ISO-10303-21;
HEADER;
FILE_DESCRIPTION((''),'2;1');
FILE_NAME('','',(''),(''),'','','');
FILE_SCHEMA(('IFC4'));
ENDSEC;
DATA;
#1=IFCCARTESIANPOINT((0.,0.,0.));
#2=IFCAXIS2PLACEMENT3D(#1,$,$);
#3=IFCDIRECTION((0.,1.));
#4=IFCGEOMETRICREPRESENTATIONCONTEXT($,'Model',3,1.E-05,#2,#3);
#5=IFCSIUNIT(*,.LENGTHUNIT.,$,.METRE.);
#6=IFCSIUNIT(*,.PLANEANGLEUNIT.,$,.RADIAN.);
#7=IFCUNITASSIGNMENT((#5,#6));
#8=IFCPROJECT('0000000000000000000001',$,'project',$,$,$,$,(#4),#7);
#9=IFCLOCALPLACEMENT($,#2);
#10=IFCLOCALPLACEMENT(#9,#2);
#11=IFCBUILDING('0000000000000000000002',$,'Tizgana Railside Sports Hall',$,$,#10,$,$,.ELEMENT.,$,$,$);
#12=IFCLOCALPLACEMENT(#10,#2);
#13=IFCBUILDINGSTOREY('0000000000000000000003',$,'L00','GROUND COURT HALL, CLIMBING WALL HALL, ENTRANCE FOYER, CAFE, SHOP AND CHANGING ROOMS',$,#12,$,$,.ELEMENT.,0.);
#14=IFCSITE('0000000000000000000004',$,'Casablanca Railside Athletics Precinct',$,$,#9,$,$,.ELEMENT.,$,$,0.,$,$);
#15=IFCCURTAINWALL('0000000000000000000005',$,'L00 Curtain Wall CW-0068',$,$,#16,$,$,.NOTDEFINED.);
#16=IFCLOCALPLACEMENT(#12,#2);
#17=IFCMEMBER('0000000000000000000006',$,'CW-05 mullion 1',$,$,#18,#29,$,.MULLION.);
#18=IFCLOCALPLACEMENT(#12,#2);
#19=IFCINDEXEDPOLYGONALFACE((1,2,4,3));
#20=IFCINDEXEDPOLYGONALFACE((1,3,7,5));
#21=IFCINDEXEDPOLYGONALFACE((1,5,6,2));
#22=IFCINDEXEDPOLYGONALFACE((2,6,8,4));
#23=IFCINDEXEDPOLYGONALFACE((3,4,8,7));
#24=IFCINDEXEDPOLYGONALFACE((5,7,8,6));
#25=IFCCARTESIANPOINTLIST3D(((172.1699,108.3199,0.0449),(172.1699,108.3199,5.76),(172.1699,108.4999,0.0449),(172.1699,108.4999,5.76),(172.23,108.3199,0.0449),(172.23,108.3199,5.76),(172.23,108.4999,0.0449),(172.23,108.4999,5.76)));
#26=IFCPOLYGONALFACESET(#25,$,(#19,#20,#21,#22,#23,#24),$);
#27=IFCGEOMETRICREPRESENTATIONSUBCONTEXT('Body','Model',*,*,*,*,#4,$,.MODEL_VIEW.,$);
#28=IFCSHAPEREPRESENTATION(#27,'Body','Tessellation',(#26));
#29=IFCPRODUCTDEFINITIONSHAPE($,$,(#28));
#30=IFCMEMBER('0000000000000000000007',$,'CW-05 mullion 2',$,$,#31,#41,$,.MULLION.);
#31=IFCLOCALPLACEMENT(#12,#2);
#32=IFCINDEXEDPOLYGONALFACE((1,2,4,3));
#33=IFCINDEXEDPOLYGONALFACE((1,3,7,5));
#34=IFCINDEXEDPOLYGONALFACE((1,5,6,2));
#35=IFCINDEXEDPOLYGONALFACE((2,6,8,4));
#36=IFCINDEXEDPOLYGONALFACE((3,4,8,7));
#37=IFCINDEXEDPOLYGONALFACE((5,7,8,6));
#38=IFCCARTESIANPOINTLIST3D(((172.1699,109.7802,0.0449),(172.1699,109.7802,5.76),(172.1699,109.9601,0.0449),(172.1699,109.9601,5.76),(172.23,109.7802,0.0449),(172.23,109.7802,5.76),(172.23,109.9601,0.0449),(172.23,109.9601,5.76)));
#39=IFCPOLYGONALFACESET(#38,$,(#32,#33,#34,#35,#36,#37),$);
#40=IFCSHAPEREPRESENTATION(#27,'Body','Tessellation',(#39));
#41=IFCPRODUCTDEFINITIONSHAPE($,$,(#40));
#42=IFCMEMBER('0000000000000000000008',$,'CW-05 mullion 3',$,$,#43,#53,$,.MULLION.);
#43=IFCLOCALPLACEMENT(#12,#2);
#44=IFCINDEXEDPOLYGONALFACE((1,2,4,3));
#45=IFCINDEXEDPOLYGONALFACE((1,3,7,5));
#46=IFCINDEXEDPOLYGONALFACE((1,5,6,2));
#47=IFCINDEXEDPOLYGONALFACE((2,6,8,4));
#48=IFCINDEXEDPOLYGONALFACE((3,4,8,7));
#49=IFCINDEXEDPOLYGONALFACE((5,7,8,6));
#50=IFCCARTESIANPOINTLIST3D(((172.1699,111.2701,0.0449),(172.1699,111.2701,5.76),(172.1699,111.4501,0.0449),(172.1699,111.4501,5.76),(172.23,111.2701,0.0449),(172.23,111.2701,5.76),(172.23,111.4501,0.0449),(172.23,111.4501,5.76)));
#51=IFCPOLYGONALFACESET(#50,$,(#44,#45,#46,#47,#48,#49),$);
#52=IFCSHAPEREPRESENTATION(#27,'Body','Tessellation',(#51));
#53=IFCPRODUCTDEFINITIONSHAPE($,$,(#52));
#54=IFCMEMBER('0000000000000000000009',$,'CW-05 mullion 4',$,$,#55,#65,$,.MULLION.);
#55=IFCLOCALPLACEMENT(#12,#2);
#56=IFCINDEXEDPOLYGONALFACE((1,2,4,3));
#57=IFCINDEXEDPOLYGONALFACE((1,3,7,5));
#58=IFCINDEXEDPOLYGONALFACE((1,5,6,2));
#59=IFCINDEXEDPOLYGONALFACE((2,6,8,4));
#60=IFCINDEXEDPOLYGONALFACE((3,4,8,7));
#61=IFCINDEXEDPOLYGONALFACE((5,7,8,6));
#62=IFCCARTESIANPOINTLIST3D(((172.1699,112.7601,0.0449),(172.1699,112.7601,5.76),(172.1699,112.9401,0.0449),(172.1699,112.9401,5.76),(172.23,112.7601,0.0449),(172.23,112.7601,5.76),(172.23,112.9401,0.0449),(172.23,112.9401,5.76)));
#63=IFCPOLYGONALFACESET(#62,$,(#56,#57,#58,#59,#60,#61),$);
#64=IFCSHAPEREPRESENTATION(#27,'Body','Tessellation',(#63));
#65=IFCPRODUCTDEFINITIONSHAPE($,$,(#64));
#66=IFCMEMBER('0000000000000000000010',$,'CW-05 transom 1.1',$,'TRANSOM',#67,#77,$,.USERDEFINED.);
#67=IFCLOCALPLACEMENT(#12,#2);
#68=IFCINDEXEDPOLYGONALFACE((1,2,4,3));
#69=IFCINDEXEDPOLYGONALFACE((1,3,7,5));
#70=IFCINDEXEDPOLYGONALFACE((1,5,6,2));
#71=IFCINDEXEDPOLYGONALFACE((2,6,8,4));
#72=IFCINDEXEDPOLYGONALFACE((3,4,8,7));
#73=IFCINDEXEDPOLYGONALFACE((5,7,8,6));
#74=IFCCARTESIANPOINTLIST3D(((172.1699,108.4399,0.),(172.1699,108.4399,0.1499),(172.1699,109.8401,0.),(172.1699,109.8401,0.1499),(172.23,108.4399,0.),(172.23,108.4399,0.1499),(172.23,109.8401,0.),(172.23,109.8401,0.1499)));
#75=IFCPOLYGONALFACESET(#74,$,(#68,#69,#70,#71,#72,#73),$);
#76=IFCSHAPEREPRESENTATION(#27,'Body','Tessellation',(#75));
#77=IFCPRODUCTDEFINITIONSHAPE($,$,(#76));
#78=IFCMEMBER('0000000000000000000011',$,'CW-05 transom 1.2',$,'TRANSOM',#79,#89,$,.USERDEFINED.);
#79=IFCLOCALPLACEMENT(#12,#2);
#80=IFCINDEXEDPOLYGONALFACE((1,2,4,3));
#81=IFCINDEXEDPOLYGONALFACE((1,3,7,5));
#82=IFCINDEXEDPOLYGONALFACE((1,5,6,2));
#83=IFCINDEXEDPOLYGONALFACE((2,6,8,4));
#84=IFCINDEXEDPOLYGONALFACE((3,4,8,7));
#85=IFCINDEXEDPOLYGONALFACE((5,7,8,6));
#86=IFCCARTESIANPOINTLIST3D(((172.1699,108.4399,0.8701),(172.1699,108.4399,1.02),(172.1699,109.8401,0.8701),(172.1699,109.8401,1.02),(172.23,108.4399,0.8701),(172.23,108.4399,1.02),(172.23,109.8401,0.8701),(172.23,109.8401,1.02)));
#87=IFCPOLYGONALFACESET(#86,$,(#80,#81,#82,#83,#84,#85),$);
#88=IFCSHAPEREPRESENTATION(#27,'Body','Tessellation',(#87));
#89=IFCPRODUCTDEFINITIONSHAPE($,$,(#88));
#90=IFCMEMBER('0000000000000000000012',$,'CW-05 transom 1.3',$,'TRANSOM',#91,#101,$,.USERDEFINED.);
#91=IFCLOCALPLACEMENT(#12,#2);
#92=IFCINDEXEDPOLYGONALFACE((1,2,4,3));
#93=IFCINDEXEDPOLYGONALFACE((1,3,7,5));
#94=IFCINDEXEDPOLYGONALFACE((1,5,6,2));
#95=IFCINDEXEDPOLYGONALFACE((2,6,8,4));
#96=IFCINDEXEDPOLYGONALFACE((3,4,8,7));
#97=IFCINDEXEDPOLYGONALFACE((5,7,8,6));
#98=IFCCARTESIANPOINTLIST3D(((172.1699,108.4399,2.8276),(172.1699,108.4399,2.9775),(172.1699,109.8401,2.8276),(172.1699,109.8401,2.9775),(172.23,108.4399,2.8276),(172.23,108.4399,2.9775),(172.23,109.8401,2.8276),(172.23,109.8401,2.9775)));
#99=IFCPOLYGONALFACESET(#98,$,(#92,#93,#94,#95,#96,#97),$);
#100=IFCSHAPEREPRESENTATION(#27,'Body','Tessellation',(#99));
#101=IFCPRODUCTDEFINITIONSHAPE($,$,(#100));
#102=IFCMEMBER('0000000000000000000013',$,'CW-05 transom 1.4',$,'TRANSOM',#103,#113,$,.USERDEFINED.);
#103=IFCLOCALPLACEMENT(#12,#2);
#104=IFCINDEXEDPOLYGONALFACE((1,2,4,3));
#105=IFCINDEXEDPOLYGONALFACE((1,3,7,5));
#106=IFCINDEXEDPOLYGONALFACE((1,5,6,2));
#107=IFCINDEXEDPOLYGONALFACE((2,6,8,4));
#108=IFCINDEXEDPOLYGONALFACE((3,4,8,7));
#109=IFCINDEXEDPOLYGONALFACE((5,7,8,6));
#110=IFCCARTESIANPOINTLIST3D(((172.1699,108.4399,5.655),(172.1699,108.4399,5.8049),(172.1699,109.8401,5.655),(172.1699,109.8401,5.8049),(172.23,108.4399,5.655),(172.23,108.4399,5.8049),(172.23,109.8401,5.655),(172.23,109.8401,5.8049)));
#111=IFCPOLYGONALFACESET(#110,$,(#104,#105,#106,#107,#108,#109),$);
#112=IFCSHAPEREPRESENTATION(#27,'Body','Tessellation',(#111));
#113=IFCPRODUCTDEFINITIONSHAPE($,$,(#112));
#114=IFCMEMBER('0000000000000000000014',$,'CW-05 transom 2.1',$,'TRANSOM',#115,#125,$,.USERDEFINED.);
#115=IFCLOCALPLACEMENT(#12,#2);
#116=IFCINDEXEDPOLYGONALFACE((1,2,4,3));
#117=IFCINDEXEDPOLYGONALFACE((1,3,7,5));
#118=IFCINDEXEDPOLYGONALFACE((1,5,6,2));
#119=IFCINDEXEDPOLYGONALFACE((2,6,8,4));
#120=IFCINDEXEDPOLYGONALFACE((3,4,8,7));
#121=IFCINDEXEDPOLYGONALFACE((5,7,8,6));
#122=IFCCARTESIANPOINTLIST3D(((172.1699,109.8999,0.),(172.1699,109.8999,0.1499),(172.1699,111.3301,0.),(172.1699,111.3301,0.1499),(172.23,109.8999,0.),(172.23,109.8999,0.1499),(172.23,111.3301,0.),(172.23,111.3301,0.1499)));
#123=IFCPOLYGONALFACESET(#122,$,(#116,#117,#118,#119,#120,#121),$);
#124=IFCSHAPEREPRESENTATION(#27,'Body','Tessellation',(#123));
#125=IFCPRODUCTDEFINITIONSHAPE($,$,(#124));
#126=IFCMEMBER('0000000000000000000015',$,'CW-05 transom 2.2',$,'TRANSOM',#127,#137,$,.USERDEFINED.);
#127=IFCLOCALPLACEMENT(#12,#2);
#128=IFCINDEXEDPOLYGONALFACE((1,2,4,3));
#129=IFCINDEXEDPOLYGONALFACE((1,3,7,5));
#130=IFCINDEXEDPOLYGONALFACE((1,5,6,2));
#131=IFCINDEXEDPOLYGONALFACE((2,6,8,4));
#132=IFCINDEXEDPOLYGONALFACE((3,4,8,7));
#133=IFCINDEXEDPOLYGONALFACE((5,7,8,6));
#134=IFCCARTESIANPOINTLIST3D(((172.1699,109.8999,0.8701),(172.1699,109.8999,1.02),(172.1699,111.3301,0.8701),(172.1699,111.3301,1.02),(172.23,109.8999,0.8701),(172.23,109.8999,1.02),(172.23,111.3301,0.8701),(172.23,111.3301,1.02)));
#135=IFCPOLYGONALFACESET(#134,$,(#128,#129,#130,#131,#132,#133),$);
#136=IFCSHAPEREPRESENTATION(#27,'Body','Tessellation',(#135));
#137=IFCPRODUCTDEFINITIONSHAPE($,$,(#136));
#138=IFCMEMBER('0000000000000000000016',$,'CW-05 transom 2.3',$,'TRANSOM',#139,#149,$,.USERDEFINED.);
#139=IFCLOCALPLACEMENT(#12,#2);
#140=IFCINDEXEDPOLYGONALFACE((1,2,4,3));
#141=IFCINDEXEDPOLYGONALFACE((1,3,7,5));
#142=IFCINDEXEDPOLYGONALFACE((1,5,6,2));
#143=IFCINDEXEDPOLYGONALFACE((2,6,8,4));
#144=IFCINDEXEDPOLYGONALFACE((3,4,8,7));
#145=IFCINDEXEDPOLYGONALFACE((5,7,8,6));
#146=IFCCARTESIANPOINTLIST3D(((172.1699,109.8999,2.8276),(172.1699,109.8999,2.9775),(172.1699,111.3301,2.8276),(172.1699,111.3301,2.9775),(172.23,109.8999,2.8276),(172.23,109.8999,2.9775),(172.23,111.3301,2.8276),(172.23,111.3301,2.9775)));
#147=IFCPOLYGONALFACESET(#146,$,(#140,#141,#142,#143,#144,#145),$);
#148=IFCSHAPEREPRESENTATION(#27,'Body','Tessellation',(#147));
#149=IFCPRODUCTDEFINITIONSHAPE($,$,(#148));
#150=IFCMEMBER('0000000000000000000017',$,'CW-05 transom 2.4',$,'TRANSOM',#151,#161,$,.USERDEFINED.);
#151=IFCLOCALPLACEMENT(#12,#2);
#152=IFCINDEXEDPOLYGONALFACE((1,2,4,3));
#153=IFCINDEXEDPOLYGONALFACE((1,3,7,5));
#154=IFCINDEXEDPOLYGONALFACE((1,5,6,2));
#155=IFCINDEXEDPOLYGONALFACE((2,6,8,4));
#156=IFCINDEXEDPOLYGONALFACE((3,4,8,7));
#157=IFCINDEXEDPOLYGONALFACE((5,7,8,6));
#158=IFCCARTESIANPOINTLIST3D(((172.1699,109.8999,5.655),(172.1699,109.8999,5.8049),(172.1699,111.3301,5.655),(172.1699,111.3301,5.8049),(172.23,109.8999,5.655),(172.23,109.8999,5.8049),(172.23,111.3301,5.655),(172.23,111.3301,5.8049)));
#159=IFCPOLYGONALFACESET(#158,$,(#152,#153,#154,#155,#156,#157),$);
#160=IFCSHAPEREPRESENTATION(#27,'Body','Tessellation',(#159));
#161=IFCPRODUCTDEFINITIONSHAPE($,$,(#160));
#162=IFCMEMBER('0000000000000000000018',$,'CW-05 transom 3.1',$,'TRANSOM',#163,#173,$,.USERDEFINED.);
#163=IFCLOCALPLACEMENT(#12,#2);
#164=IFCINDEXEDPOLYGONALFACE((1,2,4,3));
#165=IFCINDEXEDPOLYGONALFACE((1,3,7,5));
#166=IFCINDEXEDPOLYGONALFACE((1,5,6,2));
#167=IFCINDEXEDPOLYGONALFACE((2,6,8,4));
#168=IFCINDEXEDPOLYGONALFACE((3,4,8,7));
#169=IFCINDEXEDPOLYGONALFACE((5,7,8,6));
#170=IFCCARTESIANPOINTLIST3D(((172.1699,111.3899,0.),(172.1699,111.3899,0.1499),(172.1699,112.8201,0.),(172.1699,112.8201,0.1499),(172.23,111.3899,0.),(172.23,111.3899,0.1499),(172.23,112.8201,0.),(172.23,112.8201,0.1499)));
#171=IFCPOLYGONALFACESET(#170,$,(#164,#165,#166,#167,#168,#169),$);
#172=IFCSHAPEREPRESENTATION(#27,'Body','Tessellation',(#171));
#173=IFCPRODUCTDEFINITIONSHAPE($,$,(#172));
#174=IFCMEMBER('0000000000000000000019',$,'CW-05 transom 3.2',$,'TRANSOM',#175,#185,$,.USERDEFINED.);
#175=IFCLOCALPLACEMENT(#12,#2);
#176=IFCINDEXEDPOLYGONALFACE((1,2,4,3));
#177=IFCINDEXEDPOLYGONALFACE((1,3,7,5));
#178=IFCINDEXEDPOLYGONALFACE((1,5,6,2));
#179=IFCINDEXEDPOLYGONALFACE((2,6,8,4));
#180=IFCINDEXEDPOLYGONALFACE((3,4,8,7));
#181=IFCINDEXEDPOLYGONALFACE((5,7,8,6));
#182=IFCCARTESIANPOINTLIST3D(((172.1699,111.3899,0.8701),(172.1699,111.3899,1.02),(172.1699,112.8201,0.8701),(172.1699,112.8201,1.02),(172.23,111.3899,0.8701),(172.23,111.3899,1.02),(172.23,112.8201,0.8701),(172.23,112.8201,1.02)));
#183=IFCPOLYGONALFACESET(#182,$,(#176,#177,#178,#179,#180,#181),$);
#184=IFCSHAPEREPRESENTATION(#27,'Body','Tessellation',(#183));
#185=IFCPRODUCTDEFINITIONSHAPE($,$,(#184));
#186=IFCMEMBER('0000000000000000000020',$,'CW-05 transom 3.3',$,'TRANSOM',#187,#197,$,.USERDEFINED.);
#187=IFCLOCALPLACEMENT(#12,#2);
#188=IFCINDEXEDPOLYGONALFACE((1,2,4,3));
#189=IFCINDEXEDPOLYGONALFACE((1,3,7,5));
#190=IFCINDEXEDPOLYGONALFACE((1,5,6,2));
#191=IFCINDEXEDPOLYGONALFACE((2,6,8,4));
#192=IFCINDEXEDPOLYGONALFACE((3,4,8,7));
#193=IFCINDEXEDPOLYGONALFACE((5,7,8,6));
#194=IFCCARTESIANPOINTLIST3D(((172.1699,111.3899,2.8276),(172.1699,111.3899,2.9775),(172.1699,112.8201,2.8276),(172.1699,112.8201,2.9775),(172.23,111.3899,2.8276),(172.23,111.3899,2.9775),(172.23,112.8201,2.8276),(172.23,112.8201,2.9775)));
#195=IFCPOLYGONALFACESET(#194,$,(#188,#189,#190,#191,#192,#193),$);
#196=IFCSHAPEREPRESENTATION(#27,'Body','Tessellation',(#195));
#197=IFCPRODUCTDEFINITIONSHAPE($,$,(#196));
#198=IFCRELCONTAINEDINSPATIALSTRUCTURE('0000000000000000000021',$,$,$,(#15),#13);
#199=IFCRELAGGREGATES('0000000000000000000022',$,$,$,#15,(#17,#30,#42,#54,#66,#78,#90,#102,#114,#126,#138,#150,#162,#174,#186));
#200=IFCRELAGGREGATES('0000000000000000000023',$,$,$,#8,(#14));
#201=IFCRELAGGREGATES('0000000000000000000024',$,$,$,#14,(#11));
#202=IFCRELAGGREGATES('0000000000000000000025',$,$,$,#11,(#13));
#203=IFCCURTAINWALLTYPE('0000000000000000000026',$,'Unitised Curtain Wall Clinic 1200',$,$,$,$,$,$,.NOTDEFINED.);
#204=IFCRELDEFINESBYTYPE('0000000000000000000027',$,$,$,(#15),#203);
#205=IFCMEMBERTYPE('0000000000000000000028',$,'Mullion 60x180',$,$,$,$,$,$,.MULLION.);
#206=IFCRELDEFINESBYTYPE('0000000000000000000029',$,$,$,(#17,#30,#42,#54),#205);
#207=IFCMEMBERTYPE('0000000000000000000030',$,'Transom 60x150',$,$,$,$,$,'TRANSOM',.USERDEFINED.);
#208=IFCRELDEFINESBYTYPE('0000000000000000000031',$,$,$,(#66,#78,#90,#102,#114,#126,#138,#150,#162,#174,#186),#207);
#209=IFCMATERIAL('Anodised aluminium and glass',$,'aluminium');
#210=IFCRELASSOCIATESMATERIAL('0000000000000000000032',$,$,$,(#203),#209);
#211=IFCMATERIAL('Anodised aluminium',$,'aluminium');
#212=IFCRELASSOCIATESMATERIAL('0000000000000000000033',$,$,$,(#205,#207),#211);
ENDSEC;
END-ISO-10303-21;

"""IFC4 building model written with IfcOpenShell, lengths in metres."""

from ifc_helpers import new_model, si_unit, direction, frame, origin, origin_2d, place, context, subcontext, project, spatial, rectangle, extrude, material, material_profile, profile_set, type_object, element, aggregate, save


model = new_model("IFC4")

# Units and contexts
model_context = context("Model", 3, precision=1e-05, world=origin(), true_north=direction((0.0, 1.0)))
body_context = subcontext(model_context, "Body", "Model", "MODEL_VIEW")
ifc_project = project(units=[si_unit("LENGTHUNIT", "METRE"), si_unit("PLANEANGLEUNIT", "RADIAN")], contexts=[model_context])

# Site, building, storey
site_placement = place(None, origin())
site = spatial("IfcSite", under=ifc_project, at=site_placement, Name="Casablanca Railside Athletics Precinct", CompositionType="ELEMENT", RefElevation=0.0)
building_placement = place(site_placement, origin())
building = spatial("IfcBuilding", under=site, at=building_placement, Name="Tizgana Railside Sports Hall", CompositionType="ELEMENT")
storey_placement = place(building_placement, origin())
storey = spatial("IfcBuildingStorey", under=building, at=storey_placement, Name="L00", Description="GROUND COURT HALL, CLIMBING WALL HALL, ENTRANCE FOYER, CAFE, SHOP AND CHANGING ROOMS", CompositionType="ELEMENT", Elevation=0.0)

# Curtain wall, members
ifc_material_1 = material(Name="Anodised aluminium and glass", Category="aluminium")
curtain_wall_type = type_object("IfcCurtainWallType", Name="Unitised Curtain Wall Clinic 1200", PredefinedType="NOTDEFINED", material=ifc_material_1)
curtain_wall_placement = place(storey_placement, origin())
curtain_wall = element("IfcCurtainWall", 1, at=curtain_wall_placement, inside=storey, type_object=curtain_wall_type, Name="L00 Curtain Wall CW-0068", PredefinedType="NOTDEFINED")
ifc_material_2 = material(Name="Anodised aluminium", Category="aluminium")
ifc_material_profile_1 = material_profile(ifc_material_2, rectangle(XDim=0.0601, YDim=0.1799, at=origin_2d()), Name="Mullion 60x180")
ifc_profile_set_1 = profile_set([ifc_material_profile_1], Name="Anodised aluminium")
member_type_1 = type_object("IfcMemberType", Name="Mullion 60x180", PredefinedType="MULLION", material=ifc_profile_set_1)
member_1_placement = place(storey_placement, frame((172.2, 108.4099, 0.0449), z_axis=(0.0, 0.0, 1.0), x_axis=(-1.0, 0.0, 0.0)))
member_1 = element("IfcMember", 2, at=member_1_placement, type_object=member_type_1, Name="CW-05 mullion 1", PredefinedType="MULLION", context=body_context, shape_type="SweptSolid", body=[
    extrude(rectangle(XDim=0.0601, YDim=0.1799, at=origin_2d()), origin(), (0.0, 0.0, 1.0), 5.7151),
])
member_2_placement = place(storey_placement, frame((172.2, 109.8701, 0.0449), z_axis=(0.0, 0.0, 1.0), x_axis=(-1.0, 0.0, 0.0)))
member_2 = element("IfcMember", 3, at=member_2_placement, type_object=member_type_1, Name="CW-05 mullion 2", PredefinedType="MULLION", context=body_context, shape_type="SweptSolid", body=[
    extrude(rectangle(XDim=0.0601, YDim=0.1799, at=origin_2d()), origin(), (0.0, 0.0, 1.0), 5.7151),
])
member_3_placement = place(storey_placement, frame((172.2, 111.3601, 0.0449), z_axis=(0.0, 0.0, 1.0), x_axis=(-1.0, 0.0, 0.0)))
member_3 = element("IfcMember", 4, at=member_3_placement, type_object=member_type_1, Name="CW-05 mullion 3", PredefinedType="MULLION", context=body_context, shape_type="SweptSolid", body=[
    extrude(rectangle(XDim=0.0601, YDim=0.1799, at=origin_2d()), origin(), (0.0, 0.0, 1.0), 5.7151),
])
member_4_placement = place(storey_placement, frame((172.2, 112.8501, 0.0449), z_axis=(0.0, 0.0, 1.0), x_axis=(-1.0, 0.0, 0.0)))
member_4 = element("IfcMember", 5, at=member_4_placement, type_object=member_type_1, Name="CW-05 mullion 4", PredefinedType="MULLION", context=body_context, shape_type="SweptSolid", body=[
    extrude(rectangle(XDim=0.0601, YDim=0.1799, at=origin_2d()), origin(), (0.0, 0.0, 1.0), 5.7151),
])
ifc_material_profile_2 = material_profile(ifc_material_2, rectangle(XDim=0.0601, YDim=0.1499, at=origin_2d()), Name="Transom 60x150")
ifc_profile_set_2 = profile_set([ifc_material_profile_2], Name="Anodised aluminium")
member_type_2 = type_object("IfcMemberType", Name="Transom 60x150", ElementType="TRANSOM", PredefinedType="USERDEFINED", material=ifc_profile_set_2)
member_5_placement = place(storey_placement, frame((172.2, 108.4399, 0.075), z_axis=(0.0, 1.0, 0.0), x_axis=(-1.0, 0.0, 0.0)))
member_5 = element("IfcMember", 6, at=member_5_placement, type_object=member_type_2, Name="CW-05 transom 1.1", ObjectType="TRANSOM", PredefinedType="USERDEFINED", context=body_context, shape_type="SweptSolid", body=[
    extrude(rectangle(XDim=0.0601, YDim=0.1499, at=origin_2d()), origin(), (0.0, 0.0, 1.0), 1.4001),
])
member_6_placement = place(storey_placement, frame((172.2, 108.4399, 0.9451), z_axis=(0.0, 1.0, 0.0), x_axis=(-1.0, 0.0, 0.0)))
member_6 = element("IfcMember", 7, at=member_6_placement, type_object=member_type_2, Name="CW-05 transom 1.2", ObjectType="TRANSOM", PredefinedType="USERDEFINED", context=body_context, shape_type="SweptSolid", body=[
    extrude(rectangle(XDim=0.0601, YDim=0.1499, at=origin_2d()), origin(), (0.0, 0.0, 1.0), 1.4001),
])
member_7_placement = place(storey_placement, frame((172.2, 108.4399, 2.9026), z_axis=(0.0, 1.0, 0.0), x_axis=(-1.0, 0.0, 0.0)))
member_7 = element("IfcMember", 8, at=member_7_placement, type_object=member_type_2, Name="CW-05 transom 1.3", ObjectType="TRANSOM", PredefinedType="USERDEFINED", context=body_context, shape_type="SweptSolid", body=[
    extrude(rectangle(XDim=0.0601, YDim=0.1499, at=origin_2d()), origin(), (0.0, 0.0, 1.0), 1.4001),
])
member_8_placement = place(storey_placement, frame((172.2, 108.4399, 5.73), z_axis=(0.0, 1.0, 0.0), x_axis=(-1.0, 0.0, 0.0)))
member_8 = element("IfcMember", 9, at=member_8_placement, type_object=member_type_2, Name="CW-05 transom 1.4", ObjectType="TRANSOM", PredefinedType="USERDEFINED", context=body_context, shape_type="SweptSolid", body=[
    extrude(rectangle(XDim=0.0601, YDim=0.1499, at=origin_2d()), origin(), (0.0, 0.0, 1.0), 1.4001),
])
member_9_placement = place(storey_placement, frame((172.2, 109.8999, 0.075), z_axis=(0.0, 1.0, 0.0), x_axis=(-1.0, 0.0, 0.0)))
member_9 = element("IfcMember", 10, at=member_9_placement, type_object=member_type_2, Name="CW-05 transom 2.1", ObjectType="TRANSOM", PredefinedType="USERDEFINED", context=body_context, shape_type="SweptSolid", body=[
    extrude(rectangle(XDim=0.0601, YDim=0.1499, at=origin_2d()), origin(), (0.0, 0.0, 1.0), 1.4302),
])
member_10_placement = place(storey_placement, frame((172.2, 109.8999, 0.9451), z_axis=(0.0, 1.0, 0.0), x_axis=(-1.0, 0.0, 0.0)))
member_10 = element("IfcMember", 11, at=member_10_placement, type_object=member_type_2, Name="CW-05 transom 2.2", ObjectType="TRANSOM", PredefinedType="USERDEFINED", context=body_context, shape_type="SweptSolid", body=[
    extrude(rectangle(XDim=0.0601, YDim=0.1499, at=origin_2d()), origin(), (0.0, 0.0, 1.0), 1.4302),
])
member_11_placement = place(storey_placement, frame((172.2, 109.8999, 2.9026), z_axis=(0.0, 1.0, 0.0), x_axis=(-1.0, 0.0, 0.0)))
member_11 = element("IfcMember", 12, at=member_11_placement, type_object=member_type_2, Name="CW-05 transom 2.3", ObjectType="TRANSOM", PredefinedType="USERDEFINED", context=body_context, shape_type="SweptSolid", body=[
    extrude(rectangle(XDim=0.0601, YDim=0.1499, at=origin_2d()), origin(), (0.0, 0.0, 1.0), 1.4302),
])
member_12_placement = place(storey_placement, frame((172.2, 109.8999, 5.73), z_axis=(0.0, 1.0, 0.0), x_axis=(-1.0, 0.0, 0.0)))
member_12 = element("IfcMember", 13, at=member_12_placement, type_object=member_type_2, Name="CW-05 transom 2.4", ObjectType="TRANSOM", PredefinedType="USERDEFINED", context=body_context, shape_type="SweptSolid", body=[
    extrude(rectangle(XDim=0.0601, YDim=0.1499, at=origin_2d()), origin(), (0.0, 0.0, 1.0), 1.4302),
])
member_13_placement = place(storey_placement, frame((172.2, 111.3899, 0.075), z_axis=(0.0, 1.0, 0.0), x_axis=(-1.0, 0.0, 0.0)))
member_13 = element("IfcMember", 14, at=member_13_placement, type_object=member_type_2, Name="CW-05 transom 3.1", ObjectType="TRANSOM", PredefinedType="USERDEFINED", context=body_context, shape_type="SweptSolid", body=[
    extrude(rectangle(XDim=0.0601, YDim=0.1499, at=origin_2d()), origin(), (0.0, 0.0, 1.0), 1.4302),
])
member_14_placement = place(storey_placement, frame((172.2, 111.3899, 0.9451), z_axis=(0.0, 1.0, 0.0), x_axis=(-1.0, 0.0, 0.0)))
member_14 = element("IfcMember", 15, at=member_14_placement, type_object=member_type_2, Name="CW-05 transom 3.2", ObjectType="TRANSOM", PredefinedType="USERDEFINED", context=body_context, shape_type="SweptSolid", body=[
    extrude(rectangle(XDim=0.0601, YDim=0.1499, at=origin_2d()), origin(), (0.0, 0.0, 1.0), 1.4302),
])
member_15_placement = place(storey_placement, frame((172.2, 111.3899, 2.9026), z_axis=(0.0, 1.0, 0.0), x_axis=(-1.0, 0.0, 0.0)))
member_15 = element("IfcMember", 16, at=member_15_placement, type_object=member_type_2, Name="CW-05 transom 3.3", ObjectType="TRANSOM", PredefinedType="USERDEFINED", context=body_context, shape_type="SweptSolid", body=[
    extrude(rectangle(XDim=0.0601, YDim=0.1499, at=origin_2d()), origin(), (0.0, 0.0, 1.0), 1.4302),
])
aggregate(curtain_wall, [member_1, member_2, member_3, member_4, member_5, member_6, member_7, member_8, member_9, member_10, member_11, member_12, member_13, member_14, member_15])

save(model, "model.ifc")
